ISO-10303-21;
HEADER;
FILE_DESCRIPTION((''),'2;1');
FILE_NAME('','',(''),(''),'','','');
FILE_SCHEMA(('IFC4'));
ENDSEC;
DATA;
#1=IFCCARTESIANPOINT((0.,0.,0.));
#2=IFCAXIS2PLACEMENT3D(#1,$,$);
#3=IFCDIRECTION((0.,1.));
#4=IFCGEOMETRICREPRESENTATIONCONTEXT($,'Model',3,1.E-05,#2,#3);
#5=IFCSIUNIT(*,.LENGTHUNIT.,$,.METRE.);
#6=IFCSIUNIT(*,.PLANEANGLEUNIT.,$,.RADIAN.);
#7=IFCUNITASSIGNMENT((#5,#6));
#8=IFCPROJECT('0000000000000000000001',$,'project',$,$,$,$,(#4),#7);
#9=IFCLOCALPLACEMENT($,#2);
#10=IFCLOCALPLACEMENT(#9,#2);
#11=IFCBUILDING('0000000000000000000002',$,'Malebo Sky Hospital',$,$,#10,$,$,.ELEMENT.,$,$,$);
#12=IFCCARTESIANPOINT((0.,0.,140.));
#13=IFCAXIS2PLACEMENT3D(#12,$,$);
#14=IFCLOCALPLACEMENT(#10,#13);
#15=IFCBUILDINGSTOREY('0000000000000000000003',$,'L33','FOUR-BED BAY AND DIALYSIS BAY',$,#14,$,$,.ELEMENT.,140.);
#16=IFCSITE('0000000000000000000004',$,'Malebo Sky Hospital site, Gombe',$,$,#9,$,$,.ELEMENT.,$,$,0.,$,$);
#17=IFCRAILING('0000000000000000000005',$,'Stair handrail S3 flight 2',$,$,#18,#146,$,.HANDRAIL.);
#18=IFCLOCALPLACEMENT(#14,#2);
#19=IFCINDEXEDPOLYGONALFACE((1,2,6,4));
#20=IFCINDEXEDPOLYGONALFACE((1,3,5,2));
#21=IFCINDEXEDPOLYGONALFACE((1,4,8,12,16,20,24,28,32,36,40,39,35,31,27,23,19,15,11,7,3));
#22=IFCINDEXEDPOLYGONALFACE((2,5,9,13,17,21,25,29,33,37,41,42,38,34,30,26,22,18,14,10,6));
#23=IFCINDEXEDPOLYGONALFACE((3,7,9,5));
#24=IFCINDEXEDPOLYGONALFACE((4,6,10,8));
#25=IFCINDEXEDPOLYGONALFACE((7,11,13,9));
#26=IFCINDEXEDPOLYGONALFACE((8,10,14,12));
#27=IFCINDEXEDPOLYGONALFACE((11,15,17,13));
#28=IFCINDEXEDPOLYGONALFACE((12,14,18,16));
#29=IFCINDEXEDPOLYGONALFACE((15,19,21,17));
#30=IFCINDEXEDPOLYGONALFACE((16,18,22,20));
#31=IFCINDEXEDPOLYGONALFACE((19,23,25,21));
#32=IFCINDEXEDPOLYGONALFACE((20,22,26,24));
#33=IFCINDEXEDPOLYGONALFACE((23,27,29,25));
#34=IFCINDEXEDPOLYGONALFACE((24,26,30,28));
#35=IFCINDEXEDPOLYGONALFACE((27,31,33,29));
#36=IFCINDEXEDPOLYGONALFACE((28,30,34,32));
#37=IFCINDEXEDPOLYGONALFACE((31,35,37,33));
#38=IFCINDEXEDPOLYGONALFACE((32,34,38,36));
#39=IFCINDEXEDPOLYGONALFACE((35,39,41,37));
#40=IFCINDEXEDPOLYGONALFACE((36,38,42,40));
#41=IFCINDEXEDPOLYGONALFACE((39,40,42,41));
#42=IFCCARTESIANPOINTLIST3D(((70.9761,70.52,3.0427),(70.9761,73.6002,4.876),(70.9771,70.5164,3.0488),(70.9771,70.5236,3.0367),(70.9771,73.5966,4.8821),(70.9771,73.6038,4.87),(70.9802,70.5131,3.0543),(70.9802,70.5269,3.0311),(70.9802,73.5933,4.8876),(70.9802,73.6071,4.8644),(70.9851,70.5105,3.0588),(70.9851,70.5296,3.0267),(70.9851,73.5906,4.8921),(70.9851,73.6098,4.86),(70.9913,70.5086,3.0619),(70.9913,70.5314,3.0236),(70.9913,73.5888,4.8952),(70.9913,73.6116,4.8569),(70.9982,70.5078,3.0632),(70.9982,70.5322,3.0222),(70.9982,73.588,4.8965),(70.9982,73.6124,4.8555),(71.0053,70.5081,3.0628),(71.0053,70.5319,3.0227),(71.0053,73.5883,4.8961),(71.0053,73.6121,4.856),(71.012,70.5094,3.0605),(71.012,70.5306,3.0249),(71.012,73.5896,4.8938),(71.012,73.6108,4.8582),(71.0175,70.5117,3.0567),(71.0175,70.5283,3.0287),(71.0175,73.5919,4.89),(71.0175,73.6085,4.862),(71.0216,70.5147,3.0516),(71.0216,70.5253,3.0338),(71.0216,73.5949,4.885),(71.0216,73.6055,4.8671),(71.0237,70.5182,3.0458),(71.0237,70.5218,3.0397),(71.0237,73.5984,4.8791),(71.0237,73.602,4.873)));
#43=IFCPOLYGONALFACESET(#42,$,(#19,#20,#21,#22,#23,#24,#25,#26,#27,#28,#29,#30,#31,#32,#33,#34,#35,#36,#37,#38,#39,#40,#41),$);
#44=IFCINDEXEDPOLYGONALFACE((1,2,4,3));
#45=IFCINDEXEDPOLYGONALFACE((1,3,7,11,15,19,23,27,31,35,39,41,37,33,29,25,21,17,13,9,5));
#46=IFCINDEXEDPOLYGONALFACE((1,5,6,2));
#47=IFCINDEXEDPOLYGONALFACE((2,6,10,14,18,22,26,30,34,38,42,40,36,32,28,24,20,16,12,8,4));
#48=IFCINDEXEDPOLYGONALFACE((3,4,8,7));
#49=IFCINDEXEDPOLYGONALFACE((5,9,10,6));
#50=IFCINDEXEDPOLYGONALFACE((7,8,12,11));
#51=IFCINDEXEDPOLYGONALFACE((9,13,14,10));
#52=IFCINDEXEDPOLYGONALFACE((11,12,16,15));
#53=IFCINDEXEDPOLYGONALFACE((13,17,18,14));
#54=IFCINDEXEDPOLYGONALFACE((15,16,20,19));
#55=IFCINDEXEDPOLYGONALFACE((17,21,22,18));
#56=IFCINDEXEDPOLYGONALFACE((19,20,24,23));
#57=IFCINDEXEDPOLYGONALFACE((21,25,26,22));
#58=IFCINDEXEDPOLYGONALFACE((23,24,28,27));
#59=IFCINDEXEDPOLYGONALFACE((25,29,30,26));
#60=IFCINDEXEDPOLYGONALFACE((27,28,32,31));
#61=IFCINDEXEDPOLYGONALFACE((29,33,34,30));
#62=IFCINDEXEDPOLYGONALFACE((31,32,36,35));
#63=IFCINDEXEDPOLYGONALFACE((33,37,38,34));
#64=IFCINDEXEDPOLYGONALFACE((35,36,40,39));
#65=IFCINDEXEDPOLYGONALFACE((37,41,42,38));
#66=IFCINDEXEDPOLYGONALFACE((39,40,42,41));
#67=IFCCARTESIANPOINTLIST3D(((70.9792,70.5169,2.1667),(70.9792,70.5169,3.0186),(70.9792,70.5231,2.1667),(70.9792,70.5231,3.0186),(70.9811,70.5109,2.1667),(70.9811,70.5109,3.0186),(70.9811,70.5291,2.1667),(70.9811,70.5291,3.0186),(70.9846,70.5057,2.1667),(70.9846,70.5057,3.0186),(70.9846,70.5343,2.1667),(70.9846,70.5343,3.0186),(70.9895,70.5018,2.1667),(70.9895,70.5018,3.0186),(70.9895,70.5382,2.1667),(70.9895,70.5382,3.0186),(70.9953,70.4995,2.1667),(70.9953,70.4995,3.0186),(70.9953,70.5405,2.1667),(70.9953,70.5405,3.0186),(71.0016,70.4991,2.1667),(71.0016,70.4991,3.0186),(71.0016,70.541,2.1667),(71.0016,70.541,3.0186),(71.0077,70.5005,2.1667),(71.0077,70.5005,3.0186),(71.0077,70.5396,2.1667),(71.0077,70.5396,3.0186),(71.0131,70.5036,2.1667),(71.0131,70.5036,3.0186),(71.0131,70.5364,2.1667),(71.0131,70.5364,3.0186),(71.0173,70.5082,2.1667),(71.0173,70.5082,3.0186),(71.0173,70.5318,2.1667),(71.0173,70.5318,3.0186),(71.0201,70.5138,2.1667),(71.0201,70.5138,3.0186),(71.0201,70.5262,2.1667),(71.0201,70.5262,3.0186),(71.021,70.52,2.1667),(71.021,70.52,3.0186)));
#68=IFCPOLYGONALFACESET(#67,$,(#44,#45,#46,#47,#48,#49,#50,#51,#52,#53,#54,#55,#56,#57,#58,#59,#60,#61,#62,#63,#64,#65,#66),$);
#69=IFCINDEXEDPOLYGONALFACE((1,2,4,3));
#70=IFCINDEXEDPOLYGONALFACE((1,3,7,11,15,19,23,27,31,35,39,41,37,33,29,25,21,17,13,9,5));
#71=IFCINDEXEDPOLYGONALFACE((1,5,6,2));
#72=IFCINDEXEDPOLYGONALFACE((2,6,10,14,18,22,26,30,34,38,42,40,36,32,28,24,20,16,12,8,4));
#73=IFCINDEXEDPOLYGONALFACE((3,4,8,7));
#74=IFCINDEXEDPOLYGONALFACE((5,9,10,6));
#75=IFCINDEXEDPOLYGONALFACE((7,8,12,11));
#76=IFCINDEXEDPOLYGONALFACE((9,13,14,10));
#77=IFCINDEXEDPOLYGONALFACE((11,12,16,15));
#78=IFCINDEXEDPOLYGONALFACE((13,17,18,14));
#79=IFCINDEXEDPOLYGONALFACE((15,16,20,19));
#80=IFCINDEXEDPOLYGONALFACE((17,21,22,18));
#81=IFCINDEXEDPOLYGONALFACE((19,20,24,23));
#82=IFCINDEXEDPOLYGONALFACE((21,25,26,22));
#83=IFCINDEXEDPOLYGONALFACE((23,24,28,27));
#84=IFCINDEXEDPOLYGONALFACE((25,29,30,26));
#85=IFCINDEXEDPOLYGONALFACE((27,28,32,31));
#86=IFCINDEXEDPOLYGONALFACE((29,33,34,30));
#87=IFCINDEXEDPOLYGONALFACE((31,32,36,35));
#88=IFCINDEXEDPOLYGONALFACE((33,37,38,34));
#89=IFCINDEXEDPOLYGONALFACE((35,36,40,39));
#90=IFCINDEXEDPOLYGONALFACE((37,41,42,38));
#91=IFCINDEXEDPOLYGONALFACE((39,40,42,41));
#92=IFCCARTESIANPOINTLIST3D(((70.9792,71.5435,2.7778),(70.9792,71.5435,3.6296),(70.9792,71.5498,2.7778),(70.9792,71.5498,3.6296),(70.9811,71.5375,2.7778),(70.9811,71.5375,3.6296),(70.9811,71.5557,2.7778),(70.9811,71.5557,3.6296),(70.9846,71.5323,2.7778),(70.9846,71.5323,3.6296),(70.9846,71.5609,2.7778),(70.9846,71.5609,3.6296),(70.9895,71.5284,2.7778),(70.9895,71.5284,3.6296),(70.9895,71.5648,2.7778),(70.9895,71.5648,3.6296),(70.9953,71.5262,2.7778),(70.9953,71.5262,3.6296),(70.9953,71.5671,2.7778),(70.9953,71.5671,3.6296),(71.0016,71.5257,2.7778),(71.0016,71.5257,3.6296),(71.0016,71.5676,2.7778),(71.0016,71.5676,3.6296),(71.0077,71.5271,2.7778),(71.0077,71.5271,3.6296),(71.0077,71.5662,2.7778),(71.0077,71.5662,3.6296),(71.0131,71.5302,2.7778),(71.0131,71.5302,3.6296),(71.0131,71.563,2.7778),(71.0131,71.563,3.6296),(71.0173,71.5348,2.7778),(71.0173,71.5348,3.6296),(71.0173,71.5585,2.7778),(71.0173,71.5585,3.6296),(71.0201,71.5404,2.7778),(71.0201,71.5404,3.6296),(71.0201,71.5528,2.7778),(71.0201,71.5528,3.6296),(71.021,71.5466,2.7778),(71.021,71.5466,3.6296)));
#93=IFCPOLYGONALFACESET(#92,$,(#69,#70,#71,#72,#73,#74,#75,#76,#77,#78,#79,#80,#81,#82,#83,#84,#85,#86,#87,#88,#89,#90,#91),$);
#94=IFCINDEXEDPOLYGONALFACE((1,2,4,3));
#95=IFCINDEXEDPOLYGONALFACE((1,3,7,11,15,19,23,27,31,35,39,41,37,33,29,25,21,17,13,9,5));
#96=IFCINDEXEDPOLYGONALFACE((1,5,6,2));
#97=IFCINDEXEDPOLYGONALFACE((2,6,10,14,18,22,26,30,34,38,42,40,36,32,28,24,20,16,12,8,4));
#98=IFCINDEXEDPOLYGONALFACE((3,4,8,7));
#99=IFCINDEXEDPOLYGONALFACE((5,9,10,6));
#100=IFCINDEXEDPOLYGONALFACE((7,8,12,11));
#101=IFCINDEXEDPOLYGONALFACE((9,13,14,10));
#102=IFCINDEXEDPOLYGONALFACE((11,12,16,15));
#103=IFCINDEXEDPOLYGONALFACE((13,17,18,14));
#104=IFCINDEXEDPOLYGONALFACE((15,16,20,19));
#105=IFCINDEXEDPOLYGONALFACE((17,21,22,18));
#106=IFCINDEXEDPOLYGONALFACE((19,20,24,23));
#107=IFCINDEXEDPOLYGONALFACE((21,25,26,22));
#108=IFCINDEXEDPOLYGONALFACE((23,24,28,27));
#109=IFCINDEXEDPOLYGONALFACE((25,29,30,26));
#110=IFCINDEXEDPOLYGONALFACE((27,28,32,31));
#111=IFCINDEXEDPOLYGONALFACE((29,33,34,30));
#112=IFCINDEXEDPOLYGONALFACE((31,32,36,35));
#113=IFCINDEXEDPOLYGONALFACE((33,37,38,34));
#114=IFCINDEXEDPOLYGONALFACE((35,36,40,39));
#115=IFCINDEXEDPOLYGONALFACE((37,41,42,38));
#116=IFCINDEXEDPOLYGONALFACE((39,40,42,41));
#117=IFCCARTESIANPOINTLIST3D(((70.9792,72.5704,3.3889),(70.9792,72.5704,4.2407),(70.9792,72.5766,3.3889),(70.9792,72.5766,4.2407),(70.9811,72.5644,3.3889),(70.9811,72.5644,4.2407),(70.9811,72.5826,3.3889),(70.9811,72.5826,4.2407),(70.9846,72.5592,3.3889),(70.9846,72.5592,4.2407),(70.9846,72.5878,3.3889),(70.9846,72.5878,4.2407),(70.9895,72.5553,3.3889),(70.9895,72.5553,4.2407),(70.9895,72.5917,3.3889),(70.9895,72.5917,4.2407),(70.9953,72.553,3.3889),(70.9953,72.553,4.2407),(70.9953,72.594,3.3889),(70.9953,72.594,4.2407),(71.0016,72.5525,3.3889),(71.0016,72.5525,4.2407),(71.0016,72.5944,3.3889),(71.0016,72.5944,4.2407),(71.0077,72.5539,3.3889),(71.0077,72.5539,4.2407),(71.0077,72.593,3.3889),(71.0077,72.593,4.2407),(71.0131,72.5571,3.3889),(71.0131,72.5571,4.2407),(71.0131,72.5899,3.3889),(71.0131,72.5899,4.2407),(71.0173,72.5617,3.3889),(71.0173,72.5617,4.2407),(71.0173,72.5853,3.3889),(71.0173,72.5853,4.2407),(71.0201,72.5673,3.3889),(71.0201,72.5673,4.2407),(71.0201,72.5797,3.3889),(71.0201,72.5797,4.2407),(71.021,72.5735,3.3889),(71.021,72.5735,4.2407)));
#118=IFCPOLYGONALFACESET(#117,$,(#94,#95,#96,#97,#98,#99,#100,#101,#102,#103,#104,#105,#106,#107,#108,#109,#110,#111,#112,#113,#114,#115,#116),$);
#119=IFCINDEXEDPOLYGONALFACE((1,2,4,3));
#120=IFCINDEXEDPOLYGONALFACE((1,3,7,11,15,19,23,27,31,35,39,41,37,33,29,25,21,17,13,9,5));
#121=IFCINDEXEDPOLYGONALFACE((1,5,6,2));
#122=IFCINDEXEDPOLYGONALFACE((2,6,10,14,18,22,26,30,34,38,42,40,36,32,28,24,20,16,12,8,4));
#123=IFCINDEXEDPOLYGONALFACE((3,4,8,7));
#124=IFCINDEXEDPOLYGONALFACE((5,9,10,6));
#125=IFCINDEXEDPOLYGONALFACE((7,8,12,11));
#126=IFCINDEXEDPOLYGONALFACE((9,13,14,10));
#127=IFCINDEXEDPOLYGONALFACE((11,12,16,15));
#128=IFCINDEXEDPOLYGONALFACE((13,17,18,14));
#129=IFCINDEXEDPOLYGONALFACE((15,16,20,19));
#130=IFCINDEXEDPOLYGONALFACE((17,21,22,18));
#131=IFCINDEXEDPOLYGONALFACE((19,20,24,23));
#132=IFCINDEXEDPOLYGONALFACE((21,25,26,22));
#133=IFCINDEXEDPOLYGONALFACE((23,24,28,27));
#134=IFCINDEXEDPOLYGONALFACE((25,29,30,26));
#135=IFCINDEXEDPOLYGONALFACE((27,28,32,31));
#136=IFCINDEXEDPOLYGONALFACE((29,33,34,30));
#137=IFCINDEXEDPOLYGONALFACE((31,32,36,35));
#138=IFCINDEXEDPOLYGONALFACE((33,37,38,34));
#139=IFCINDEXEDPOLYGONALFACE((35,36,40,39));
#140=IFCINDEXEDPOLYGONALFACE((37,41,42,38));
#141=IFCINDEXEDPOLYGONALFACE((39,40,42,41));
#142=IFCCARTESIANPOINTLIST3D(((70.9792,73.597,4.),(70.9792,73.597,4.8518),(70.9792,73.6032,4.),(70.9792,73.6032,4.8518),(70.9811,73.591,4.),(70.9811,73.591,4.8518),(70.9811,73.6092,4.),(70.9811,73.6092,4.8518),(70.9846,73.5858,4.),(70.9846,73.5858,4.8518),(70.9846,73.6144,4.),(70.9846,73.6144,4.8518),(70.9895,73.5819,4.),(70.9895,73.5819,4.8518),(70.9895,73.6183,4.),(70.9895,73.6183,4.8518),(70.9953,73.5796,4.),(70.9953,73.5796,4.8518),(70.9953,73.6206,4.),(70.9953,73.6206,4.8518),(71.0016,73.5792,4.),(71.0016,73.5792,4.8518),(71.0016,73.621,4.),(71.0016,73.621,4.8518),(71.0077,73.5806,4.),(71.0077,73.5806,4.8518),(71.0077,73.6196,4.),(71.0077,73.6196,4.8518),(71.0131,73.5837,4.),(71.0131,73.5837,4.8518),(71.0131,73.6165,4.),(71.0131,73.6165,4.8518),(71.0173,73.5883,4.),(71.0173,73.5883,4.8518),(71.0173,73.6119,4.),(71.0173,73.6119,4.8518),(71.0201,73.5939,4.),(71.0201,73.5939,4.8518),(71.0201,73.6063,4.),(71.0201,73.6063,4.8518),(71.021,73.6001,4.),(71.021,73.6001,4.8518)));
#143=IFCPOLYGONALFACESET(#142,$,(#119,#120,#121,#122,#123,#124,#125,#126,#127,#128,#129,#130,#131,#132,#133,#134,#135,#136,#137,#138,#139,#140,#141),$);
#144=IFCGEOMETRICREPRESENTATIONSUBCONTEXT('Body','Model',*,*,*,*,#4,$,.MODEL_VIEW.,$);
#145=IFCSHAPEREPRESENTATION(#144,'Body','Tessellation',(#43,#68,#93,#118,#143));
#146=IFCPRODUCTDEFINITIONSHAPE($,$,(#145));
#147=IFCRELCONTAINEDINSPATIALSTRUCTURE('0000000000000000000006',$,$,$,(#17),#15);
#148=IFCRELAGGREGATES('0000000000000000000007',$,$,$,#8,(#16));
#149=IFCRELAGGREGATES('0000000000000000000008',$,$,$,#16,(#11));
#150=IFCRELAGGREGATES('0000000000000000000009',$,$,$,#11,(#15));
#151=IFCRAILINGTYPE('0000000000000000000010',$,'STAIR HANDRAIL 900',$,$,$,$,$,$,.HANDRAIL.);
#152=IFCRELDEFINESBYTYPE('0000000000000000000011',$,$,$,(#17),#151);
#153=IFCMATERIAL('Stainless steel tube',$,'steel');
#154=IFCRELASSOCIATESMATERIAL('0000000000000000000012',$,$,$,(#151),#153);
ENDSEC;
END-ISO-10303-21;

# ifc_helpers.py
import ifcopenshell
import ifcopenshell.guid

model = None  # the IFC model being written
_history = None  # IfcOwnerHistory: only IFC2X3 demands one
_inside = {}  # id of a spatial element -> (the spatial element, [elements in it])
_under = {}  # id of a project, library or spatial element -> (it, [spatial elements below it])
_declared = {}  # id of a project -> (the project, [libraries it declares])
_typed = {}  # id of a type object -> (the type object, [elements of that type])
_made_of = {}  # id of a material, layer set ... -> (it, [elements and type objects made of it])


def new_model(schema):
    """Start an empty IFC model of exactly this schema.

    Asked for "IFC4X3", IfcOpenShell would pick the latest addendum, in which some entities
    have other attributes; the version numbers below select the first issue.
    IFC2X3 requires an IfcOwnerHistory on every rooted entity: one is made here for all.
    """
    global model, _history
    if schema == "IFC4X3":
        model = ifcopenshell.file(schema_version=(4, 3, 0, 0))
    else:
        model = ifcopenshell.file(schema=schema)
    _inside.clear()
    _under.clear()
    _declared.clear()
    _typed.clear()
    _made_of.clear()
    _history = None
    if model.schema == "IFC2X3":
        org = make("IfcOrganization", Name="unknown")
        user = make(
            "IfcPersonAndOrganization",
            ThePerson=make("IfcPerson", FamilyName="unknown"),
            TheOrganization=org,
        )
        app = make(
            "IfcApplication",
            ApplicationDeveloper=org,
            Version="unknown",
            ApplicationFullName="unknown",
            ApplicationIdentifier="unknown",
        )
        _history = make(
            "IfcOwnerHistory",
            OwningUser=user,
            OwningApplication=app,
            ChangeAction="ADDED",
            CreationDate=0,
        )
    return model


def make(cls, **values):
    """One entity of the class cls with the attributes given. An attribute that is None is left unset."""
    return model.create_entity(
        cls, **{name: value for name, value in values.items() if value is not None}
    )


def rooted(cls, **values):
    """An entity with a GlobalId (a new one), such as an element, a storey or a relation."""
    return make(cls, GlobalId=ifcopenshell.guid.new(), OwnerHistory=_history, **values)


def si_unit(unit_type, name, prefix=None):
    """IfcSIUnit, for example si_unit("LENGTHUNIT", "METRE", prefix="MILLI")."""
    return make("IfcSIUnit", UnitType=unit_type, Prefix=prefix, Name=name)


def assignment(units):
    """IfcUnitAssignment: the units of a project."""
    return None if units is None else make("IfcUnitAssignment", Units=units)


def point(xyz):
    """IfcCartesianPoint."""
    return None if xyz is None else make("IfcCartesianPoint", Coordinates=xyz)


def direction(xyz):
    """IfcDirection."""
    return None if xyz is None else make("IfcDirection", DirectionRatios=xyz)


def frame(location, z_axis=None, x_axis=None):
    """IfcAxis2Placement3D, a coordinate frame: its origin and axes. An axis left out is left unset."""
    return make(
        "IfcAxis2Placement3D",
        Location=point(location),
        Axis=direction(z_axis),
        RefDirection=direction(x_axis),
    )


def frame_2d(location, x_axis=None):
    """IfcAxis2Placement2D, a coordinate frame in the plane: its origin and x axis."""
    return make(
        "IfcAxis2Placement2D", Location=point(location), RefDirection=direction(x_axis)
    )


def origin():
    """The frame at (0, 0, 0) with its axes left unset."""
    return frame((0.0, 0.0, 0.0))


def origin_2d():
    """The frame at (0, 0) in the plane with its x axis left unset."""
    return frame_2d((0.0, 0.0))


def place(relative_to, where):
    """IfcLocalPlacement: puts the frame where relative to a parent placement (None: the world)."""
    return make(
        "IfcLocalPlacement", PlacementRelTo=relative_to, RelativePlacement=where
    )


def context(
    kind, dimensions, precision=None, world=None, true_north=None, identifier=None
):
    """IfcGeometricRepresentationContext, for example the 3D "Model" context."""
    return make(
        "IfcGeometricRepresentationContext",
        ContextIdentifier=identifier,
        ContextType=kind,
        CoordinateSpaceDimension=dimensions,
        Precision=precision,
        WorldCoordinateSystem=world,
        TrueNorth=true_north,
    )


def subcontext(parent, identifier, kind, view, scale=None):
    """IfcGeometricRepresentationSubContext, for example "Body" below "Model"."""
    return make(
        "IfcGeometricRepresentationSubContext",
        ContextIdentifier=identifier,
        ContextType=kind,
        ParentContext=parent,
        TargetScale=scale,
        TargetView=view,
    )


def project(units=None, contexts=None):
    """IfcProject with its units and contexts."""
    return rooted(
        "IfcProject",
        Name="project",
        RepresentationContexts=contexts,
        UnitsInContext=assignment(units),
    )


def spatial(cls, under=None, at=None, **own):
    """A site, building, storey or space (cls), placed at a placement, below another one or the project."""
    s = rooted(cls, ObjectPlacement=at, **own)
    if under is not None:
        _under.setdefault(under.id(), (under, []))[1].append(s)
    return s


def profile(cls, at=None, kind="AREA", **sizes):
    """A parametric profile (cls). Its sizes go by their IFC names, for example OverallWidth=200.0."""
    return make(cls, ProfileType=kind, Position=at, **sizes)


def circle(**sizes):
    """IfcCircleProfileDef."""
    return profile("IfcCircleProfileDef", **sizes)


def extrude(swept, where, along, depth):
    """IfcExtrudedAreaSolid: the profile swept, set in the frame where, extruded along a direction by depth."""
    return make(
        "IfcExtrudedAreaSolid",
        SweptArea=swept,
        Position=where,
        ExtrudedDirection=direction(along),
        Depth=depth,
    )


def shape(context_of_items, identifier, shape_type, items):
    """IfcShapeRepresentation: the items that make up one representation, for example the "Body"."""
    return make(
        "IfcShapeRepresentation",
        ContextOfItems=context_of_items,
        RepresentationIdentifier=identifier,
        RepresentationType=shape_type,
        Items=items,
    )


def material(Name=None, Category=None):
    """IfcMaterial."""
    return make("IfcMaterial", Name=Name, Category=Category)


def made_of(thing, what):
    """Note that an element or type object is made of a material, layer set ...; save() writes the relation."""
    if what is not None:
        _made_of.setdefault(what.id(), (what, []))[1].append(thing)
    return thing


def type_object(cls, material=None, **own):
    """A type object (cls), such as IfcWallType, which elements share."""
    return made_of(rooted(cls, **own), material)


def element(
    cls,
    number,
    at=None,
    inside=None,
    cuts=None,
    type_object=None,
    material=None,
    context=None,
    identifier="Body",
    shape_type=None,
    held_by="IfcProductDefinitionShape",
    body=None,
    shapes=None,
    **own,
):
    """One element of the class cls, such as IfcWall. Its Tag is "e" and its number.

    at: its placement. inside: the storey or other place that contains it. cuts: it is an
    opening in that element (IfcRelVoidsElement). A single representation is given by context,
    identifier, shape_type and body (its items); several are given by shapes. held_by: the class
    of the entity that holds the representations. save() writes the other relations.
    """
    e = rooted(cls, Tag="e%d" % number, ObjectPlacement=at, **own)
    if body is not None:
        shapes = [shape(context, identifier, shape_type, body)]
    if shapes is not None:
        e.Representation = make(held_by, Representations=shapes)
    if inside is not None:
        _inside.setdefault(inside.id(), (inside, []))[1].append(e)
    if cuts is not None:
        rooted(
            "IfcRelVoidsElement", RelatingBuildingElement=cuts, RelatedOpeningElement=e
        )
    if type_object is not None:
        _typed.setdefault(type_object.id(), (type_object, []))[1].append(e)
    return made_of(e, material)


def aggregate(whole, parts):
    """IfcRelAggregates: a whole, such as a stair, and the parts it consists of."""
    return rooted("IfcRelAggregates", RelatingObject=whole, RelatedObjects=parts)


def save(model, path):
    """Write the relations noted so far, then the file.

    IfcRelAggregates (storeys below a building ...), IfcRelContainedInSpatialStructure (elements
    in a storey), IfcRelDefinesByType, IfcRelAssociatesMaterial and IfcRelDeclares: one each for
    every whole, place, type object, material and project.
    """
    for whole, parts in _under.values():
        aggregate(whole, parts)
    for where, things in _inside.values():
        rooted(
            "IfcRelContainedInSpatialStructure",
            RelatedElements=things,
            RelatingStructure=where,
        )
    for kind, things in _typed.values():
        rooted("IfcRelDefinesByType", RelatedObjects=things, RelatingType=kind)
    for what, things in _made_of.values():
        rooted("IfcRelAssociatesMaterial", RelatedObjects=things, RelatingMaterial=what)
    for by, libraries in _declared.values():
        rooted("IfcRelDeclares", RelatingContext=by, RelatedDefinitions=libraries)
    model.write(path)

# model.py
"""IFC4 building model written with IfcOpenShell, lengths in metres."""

from ifc_helpers import new_model, si_unit, direction, frame, origin, origin_2d, place, context, subcontext, project, spatial, circle, extrude, material, type_object, element, save


model = new_model("IFC4")

# Units and contexts
model_context = context("Model", 3, precision=1e-05, world=origin(), true_north=direction((0.0, 1.0)))
body_context = subcontext(model_context, "Body", "Model", "MODEL_VIEW")
ifc_project = project(units=[si_unit("LENGTHUNIT", "METRE"), si_unit("PLANEANGLEUNIT", "RADIAN")], contexts=[model_context])

# Site, building, storey
site_placement = place(None, origin())
site = spatial("IfcSite", under=ifc_project, at=site_placement, Name="Malebo Sky Hospital site, Gombe", CompositionType="ELEMENT", RefElevation=0.0)
building_placement = place(site_placement, origin())
building = spatial("IfcBuilding", under=site, at=building_placement, Name="Malebo Sky Hospital", CompositionType="ELEMENT")
storey_placement = place(building_placement, frame((0.0, 0.0, 140.0)))
storey = spatial("IfcBuildingStorey", under=building, at=storey_placement, Name="L33", Description="FOUR-BED BAY AND DIALYSIS BAY", CompositionType="ELEMENT", Elevation=140.0)

# Railing
ifc_material_1 = material(Name="Stainless steel tube", Category="steel")
railing_type = type_object("IfcRailingType", Name="STAIR HANDRAIL 900", PredefinedType="HANDRAIL", material=ifc_material_1)
railing_1_placement = place(storey_placement, frame((71.0, 70.52, 2.1667)))
element("IfcRailing", 1, at=railing_1_placement, inside=storey, type_object=railing_type, Name="Stair handrail S3 flight 2", PredefinedType="HANDRAIL", context=body_context, shape_type="SweptSolid", body=[
    extrude(circle(Radius=0.0239, at=origin_2d()), frame((0.0, 0.0, 0.876), z_axis=(0.0, 0.859309, 0.511458), x_axis=(-1.0, 0.0, 0.0)), (0.0, 0.0, 1.0), 3.5845),
    extrude(circle(Radius=0.021, at=origin_2d()), origin(), (0.0, 0.0, 1.0), 0.8518),
    extrude(circle(Radius=0.021, at=origin_2d()), frame((0.0, 1.0266, 0.6111)), (0.0, 0.0, 1.0), 0.8518),
    extrude(circle(Radius=0.021, at=origin_2d()), frame((0.0, 2.0535, 1.2222)), (0.0, 0.0, 1.0), 0.8518),
    extrude(circle(Radius=0.021, at=origin_2d()), frame((0.0, 3.0801, 1.8333)), (0.0, 0.0, 1.0), 0.8518),
])

save(model, "model.ifc")
